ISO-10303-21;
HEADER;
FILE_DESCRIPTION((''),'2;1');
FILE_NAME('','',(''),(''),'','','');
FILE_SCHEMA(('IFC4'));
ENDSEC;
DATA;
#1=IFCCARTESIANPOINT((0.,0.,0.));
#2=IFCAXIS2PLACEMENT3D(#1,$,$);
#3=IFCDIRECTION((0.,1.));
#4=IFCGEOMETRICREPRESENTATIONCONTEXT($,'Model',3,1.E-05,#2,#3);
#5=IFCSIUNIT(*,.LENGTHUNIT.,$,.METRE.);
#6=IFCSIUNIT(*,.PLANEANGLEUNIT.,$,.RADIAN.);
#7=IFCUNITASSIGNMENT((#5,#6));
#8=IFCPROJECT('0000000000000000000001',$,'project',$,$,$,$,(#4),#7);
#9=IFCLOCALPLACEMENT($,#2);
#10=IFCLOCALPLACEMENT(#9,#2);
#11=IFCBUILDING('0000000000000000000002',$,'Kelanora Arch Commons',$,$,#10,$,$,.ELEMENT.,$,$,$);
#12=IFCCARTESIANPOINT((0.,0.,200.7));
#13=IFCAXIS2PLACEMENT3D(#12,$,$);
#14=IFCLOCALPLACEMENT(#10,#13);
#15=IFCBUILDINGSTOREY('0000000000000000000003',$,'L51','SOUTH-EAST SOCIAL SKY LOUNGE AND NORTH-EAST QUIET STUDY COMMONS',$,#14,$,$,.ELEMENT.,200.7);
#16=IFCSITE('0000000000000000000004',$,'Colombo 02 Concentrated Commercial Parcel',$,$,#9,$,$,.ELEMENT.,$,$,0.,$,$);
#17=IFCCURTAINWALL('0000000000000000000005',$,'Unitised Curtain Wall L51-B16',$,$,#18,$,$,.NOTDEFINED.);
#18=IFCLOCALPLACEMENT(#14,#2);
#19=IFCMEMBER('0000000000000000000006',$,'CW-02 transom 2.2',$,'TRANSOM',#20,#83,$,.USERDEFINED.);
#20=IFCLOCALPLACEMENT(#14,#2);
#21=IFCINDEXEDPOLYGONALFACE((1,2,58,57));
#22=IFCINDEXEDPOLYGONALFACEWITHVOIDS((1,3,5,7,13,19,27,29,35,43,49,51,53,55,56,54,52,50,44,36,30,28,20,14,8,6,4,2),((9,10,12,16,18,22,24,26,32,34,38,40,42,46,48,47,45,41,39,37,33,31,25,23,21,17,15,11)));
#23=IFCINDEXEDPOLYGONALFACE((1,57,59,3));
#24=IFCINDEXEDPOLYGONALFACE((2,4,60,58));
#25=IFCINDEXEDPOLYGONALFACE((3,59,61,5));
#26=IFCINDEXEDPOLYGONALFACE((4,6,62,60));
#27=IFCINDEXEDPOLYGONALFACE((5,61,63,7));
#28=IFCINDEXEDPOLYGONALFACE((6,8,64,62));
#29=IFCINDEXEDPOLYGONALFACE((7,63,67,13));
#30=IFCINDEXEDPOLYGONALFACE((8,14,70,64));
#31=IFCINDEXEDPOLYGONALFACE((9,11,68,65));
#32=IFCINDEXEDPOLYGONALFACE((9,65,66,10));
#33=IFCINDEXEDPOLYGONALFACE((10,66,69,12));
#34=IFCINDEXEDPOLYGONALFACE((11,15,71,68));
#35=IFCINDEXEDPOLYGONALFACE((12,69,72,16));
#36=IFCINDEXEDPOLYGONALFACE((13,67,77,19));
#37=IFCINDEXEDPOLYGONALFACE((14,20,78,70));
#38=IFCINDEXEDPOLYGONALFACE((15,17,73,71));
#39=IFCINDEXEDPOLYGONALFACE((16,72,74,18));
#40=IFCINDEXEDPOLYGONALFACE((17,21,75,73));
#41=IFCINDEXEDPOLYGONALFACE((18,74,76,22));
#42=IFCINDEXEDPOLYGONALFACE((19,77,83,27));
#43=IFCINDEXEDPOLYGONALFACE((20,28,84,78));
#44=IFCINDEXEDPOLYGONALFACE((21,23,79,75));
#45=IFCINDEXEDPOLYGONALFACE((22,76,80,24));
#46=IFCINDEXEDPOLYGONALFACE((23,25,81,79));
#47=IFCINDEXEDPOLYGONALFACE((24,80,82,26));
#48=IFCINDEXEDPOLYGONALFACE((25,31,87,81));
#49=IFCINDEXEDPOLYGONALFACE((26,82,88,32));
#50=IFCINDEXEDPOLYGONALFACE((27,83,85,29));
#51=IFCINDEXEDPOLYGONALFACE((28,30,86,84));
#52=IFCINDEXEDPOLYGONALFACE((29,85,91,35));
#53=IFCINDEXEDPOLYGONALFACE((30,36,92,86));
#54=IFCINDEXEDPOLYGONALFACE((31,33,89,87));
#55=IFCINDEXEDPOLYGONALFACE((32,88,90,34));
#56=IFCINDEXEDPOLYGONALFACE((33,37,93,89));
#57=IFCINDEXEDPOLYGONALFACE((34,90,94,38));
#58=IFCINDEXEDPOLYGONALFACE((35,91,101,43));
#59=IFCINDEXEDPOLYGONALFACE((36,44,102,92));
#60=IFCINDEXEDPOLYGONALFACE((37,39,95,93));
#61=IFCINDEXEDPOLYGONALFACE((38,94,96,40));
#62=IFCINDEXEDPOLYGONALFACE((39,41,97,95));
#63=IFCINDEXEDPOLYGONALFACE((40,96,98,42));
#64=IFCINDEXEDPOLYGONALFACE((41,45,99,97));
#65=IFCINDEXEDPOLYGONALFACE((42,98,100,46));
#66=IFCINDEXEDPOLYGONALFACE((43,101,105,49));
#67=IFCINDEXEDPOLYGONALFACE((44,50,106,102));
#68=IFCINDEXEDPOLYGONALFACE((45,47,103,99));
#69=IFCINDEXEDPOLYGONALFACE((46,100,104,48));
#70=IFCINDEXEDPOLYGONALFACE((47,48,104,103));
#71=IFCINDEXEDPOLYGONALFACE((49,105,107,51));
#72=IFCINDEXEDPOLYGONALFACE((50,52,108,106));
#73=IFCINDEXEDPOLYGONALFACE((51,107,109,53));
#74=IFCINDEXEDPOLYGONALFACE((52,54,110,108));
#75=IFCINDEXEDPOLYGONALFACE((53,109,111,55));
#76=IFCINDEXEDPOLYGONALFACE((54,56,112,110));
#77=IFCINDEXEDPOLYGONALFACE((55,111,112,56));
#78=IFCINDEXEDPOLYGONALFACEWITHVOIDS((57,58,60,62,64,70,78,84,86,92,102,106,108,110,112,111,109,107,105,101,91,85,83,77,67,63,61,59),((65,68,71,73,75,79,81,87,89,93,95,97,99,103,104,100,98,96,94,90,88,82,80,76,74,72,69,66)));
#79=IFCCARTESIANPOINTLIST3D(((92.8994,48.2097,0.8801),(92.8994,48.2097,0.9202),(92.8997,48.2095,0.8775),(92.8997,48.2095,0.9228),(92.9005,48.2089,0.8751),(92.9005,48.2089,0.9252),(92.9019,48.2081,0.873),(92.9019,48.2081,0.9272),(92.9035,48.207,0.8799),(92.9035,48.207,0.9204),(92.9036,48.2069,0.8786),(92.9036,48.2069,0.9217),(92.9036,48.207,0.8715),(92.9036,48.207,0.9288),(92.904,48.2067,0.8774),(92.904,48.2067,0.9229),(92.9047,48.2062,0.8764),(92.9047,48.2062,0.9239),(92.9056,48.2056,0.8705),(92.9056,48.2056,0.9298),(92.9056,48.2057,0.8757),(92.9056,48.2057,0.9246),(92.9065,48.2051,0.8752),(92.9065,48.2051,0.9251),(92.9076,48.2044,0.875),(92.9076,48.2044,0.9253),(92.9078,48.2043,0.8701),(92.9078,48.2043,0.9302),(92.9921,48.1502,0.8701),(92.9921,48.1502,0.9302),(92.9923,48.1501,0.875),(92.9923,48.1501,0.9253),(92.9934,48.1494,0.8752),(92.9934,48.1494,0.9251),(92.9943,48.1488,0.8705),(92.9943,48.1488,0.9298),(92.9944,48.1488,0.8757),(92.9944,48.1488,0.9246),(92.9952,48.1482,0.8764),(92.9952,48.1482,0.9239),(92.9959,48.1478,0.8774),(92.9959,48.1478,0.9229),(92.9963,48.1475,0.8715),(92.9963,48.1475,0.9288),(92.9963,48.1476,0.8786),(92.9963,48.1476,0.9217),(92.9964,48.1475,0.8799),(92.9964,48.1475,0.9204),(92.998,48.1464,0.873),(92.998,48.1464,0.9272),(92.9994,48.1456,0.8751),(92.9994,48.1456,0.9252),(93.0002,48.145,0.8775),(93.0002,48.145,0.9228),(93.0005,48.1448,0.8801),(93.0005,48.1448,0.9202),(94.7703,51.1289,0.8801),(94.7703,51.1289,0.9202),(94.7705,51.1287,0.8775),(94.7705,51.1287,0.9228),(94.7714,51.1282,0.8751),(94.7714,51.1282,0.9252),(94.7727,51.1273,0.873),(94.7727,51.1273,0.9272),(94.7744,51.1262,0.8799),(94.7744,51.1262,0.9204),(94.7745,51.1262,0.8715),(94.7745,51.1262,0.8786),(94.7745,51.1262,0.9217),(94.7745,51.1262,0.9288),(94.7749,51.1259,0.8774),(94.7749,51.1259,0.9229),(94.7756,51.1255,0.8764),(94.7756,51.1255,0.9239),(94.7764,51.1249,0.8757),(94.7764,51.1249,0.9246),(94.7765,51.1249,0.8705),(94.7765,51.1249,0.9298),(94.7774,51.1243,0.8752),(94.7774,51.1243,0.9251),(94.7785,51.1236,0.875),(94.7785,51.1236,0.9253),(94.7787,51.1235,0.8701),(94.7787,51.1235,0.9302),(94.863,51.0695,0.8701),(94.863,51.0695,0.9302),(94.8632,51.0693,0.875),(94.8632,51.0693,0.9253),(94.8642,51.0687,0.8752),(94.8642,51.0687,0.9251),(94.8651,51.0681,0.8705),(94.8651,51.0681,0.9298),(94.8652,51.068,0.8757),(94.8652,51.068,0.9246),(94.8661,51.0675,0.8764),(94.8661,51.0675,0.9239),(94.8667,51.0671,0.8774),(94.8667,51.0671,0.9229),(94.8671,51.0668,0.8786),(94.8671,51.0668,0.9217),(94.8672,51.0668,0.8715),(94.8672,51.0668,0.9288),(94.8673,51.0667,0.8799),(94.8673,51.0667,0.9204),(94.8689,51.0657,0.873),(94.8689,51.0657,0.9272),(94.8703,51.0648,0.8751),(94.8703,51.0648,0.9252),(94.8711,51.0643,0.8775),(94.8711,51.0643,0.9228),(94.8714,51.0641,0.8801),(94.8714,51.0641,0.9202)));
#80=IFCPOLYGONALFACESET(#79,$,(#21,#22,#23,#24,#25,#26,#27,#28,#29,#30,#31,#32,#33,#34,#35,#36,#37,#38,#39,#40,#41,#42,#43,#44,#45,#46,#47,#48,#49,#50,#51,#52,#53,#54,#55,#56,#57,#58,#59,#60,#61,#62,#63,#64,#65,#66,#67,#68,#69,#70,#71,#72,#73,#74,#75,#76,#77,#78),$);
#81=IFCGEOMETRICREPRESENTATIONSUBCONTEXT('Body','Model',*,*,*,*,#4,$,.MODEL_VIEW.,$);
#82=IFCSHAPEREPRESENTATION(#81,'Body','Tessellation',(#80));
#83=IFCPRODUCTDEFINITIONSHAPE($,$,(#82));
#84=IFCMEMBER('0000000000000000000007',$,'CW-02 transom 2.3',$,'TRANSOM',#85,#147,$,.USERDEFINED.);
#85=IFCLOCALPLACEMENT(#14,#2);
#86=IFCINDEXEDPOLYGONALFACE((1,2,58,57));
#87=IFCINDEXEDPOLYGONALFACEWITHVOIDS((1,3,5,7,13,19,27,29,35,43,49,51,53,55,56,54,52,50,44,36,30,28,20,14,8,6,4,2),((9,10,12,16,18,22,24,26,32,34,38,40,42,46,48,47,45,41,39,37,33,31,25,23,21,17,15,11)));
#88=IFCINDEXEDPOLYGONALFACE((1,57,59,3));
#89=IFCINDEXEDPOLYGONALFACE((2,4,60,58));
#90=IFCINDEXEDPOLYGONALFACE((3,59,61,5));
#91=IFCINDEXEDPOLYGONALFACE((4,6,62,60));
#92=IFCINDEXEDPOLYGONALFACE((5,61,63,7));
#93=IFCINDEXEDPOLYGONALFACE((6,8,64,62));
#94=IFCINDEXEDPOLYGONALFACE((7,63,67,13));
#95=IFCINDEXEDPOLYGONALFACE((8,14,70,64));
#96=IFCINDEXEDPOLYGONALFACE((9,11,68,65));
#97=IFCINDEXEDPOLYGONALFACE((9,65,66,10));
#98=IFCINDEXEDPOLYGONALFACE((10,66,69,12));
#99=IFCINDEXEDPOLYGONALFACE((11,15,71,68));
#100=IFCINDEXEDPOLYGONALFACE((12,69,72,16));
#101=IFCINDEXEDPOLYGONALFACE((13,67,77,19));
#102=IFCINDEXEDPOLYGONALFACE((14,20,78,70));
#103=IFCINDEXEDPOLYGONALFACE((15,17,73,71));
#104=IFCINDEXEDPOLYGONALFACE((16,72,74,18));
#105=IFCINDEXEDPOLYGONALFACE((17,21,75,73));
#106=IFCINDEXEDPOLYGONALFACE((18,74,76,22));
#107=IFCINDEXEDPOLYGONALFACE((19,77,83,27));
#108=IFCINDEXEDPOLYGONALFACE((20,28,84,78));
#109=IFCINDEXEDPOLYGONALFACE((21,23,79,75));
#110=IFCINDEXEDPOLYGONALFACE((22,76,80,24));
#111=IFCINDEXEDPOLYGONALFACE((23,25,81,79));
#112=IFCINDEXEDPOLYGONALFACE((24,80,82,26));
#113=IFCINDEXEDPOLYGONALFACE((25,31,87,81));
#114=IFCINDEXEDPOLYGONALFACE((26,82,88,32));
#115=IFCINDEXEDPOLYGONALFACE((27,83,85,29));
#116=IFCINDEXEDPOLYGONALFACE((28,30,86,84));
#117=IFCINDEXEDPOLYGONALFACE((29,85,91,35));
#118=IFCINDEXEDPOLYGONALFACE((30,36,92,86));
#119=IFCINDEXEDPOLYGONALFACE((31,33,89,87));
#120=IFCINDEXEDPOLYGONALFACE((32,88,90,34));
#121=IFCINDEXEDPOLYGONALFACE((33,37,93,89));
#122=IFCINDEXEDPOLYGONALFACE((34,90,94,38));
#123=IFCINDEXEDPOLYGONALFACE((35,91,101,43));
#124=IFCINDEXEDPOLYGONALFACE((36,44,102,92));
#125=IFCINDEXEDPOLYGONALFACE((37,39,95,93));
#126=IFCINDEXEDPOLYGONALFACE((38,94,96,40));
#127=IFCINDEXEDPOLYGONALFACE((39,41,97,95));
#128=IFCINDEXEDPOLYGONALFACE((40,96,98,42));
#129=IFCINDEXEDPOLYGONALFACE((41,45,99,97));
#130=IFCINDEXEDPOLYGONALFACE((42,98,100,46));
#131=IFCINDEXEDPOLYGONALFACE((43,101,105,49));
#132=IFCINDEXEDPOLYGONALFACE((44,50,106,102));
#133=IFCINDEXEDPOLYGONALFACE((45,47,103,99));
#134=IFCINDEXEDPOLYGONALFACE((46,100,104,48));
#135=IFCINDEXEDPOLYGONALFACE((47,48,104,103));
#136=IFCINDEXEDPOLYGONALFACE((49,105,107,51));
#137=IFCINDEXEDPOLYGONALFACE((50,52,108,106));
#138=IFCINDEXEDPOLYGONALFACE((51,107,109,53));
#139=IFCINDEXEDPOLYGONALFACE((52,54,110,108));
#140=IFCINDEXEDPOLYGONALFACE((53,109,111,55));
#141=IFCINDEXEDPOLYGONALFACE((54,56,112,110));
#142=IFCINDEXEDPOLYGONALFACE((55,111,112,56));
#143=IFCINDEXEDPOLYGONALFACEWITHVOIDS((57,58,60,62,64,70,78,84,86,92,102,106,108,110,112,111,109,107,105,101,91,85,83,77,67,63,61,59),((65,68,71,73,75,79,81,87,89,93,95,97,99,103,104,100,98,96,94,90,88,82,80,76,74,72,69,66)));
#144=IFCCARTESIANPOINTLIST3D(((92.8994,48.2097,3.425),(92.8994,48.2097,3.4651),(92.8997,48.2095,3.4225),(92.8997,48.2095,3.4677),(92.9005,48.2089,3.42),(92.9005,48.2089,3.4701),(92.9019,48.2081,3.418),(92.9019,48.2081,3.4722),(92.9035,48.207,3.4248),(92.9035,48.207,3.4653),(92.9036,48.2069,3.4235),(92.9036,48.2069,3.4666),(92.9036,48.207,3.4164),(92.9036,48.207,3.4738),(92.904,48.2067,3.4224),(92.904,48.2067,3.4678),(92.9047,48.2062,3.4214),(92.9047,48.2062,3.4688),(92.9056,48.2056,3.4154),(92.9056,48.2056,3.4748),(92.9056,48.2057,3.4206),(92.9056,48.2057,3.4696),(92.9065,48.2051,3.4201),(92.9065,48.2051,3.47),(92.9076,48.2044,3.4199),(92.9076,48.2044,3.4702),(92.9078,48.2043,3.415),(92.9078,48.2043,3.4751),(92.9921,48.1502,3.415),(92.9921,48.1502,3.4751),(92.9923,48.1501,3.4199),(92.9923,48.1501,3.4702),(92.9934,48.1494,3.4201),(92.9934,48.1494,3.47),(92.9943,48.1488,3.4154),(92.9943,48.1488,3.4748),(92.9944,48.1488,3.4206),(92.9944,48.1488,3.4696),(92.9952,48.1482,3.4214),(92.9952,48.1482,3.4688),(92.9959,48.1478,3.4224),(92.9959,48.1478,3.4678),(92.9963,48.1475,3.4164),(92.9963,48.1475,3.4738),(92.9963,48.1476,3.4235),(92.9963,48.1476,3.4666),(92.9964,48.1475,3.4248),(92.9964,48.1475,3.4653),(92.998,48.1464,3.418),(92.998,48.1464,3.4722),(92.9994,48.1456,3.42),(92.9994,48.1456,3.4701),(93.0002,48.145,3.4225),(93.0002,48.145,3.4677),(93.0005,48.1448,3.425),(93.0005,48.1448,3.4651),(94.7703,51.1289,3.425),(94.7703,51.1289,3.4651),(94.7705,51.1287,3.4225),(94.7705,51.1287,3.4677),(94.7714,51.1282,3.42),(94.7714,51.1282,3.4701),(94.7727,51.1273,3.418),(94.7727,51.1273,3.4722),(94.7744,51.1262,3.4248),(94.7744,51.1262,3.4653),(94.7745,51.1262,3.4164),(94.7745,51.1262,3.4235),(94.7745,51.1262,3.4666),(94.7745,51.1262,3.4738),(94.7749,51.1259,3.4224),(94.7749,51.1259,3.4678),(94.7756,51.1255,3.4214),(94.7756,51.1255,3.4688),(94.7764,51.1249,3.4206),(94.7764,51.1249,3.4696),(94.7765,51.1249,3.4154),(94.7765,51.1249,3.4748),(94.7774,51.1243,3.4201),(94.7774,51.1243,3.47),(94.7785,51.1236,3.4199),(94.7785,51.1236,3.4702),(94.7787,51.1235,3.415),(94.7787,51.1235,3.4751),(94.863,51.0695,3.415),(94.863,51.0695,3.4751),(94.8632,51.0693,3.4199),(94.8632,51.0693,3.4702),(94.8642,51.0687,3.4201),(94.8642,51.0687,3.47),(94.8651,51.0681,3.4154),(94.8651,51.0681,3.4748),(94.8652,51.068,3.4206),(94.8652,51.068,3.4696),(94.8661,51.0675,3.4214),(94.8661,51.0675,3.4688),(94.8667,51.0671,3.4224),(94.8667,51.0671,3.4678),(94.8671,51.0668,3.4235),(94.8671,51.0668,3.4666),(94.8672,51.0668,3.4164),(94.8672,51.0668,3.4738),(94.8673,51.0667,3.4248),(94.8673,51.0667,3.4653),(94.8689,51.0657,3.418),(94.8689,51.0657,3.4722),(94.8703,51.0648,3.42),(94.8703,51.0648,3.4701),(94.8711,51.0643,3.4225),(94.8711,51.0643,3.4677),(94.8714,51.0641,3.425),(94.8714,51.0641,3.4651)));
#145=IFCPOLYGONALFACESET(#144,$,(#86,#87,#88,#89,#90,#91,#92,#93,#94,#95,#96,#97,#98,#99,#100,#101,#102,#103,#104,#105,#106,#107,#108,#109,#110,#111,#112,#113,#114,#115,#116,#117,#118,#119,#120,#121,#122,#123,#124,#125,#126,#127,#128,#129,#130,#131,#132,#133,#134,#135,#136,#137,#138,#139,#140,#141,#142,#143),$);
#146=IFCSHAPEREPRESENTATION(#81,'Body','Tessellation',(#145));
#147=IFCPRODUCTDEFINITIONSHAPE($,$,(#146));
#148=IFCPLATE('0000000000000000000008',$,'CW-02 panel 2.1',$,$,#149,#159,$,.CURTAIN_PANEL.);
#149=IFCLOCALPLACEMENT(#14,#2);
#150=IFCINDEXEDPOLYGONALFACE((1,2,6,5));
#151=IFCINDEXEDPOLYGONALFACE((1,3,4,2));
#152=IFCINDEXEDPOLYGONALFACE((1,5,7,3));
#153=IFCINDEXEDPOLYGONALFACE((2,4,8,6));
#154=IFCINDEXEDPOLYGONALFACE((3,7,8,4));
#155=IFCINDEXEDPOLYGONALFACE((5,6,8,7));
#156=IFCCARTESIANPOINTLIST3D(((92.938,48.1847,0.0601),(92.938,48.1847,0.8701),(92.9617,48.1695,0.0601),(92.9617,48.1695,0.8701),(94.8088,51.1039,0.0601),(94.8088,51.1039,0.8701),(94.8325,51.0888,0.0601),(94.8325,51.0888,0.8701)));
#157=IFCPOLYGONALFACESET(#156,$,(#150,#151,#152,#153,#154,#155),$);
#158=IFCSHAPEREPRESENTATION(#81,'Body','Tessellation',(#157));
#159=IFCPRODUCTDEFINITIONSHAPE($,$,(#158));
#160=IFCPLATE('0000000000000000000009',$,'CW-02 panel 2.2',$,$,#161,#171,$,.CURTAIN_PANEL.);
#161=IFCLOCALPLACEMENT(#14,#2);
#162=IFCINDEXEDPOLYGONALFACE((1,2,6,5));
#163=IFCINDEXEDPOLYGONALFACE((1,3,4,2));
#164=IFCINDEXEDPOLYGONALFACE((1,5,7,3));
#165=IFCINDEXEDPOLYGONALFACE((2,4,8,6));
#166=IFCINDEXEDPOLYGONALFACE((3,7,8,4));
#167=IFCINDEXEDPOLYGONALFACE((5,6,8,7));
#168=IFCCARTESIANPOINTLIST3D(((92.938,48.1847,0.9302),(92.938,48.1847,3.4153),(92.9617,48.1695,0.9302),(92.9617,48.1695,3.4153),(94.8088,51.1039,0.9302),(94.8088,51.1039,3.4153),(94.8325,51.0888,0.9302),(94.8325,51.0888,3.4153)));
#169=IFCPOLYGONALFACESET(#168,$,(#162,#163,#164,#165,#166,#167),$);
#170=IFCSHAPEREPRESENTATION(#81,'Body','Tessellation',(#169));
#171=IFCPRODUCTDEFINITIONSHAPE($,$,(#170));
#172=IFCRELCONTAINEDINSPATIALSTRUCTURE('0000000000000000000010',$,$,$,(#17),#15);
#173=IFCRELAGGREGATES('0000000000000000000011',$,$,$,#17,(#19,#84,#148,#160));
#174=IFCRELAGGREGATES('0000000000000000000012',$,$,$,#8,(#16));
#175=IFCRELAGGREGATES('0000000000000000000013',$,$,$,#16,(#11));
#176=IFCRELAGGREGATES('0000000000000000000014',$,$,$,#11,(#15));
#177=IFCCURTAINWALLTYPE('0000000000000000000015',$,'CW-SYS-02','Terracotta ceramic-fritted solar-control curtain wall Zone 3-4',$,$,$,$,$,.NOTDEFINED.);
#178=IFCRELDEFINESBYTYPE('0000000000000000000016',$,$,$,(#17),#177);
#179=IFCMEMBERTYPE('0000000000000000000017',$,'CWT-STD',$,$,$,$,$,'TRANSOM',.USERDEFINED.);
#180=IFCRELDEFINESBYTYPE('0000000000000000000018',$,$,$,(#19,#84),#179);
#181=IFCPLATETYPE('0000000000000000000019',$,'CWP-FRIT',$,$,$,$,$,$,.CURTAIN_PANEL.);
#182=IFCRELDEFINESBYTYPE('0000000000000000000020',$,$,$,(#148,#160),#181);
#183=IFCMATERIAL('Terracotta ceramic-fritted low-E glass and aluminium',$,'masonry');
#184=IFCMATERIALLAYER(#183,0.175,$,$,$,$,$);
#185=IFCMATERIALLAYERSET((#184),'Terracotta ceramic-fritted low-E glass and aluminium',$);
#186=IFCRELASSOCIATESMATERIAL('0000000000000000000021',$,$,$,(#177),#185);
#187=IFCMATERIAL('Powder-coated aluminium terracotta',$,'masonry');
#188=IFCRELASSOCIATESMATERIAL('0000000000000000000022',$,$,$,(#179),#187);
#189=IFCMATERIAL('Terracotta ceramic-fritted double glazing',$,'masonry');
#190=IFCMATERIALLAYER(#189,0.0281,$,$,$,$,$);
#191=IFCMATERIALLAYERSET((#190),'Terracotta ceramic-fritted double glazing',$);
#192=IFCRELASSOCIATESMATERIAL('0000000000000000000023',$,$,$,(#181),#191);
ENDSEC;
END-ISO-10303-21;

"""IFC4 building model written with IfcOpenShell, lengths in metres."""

from ifc_helpers import new_model, si_unit, direction, frame, origin, origin_2d, place, context, subcontext, project, spatial, rectangle, hollow_rectangle, extrude, source, transform, mapped, material, layer, layer_set, material_profile, profile_set, type_object, element, aggregate, save


model = new_model("IFC4")

# Units and contexts
model_context = context("Model", 3, precision=1e-05, world=origin(), true_north=direction((0.0, 1.0)))
body_context = subcontext(model_context, "Body", "Model", "MODEL_VIEW")
ifc_project = project(units=[si_unit("LENGTHUNIT", "METRE"), si_unit("PLANEANGLEUNIT", "RADIAN")], contexts=[model_context])

# Site, building, storey
site_placement = place(None, origin())
site = spatial("IfcSite", under=ifc_project, at=site_placement, Name="Colombo 02 Concentrated Commercial Parcel", CompositionType="ELEMENT", RefElevation=0.0)
building_placement = place(site_placement, origin())
building = spatial("IfcBuilding", under=site, at=building_placement, Name="Kelanora Arch Commons", CompositionType="ELEMENT")
storey_placement = place(building_placement, frame((0.0, 0.0, 200.7)))
storey = spatial("IfcBuildingStorey", under=building, at=storey_placement, Name="L51", Description="SOUTH-EAST SOCIAL SKY LOUNGE AND NORTH-EAST QUIET STUDY COMMONS", CompositionType="ELEMENT", Elevation=200.7)

# Curtain wall, members, plates
ifc_material_1 = material(Name="Terracotta ceramic-fritted low-E glass and aluminium", Category="masonry")
ifc_layer_1 = layer(ifc_material_1, 0.175)
ifc_layer_set_1 = layer_set([ifc_layer_1], Name="Terracotta ceramic-fritted low-E glass and aluminium")
curtain_wall_type = type_object("IfcCurtainWallType", Name="CW-SYS-02", Description="Terracotta ceramic-fritted solar-control curtain wall Zone 3-4", PredefinedType="NOTDEFINED", material=ifc_layer_set_1)
curtain_wall_placement = place(storey_placement, origin())
curtain_wall = element("IfcCurtainWall", 1, at=curtain_wall_placement, inside=storey, type_object=curtain_wall_type, Name="Unitised Curtain Wall L51-B16", PredefinedType="NOTDEFINED")
ifc_material_2 = material(Name="Powder-coated aluminium terracotta", Category="masonry")
ifc_material_profile_1 = material_profile(ifc_material_2, hollow_rectangle(XDim=0.1201, YDim=0.0601, WallThickness=0.0049, InnerFilletRadius=0.0049, OuterFilletRadius=0.01, at=origin_2d()), Name="CWT120x60")
ifc_profile_set_1 = profile_set([ifc_material_profile_1], Name="Powder-coated aluminium terracotta")
member_type_1 = type_object("IfcMemberType", Name="CWT-STD", ElementType="TRANSOM", PredefinedType="USERDEFINED", material=ifc_profile_set_1)
member_1_placement = place(storey_placement, frame((92.95, 48.1772, 0.9001), z_axis=(0.539579, 0.841935, 0.0), x_axis=(-0.841935, 0.539579, 0.0)))
member_1 = element("IfcMember", 2, at=member_1_placement, type_object=member_type_1, Name="CW-02 transom 2.2", ObjectType="TRANSOM", PredefinedType="USERDEFINED", context=body_context, shape_type="SweptSolid", body=[
    extrude(hollow_rectangle(XDim=0.1201, YDim=0.0601, WallThickness=0.0049, InnerFilletRadius=0.0049, OuterFilletRadius=0.01, at=origin_2d()), origin(), (0.0, 0.0, 1.0), 3.4673),
])
member_2_placement = place(storey_placement, frame((92.95, 48.1772, 3.4451), z_axis=(0.539579, 0.841935, 0.0), x_axis=(-0.841935, 0.539579, 0.0)))
member_2 = element("IfcMember", 3, at=member_2_placement, type_object=member_type_1, Name="CW-02 transom 2.3", ObjectType="TRANSOM", PredefinedType="USERDEFINED", context=body_context, shape_type="SweptSolid", body=[
    extrude(hollow_rectangle(XDim=0.1201, YDim=0.0601, WallThickness=0.0049, InnerFilletRadius=0.0049, OuterFilletRadius=0.01, at=origin_2d()), origin(), (0.0, 0.0, 1.0), 3.4673),
])
ifc_material_3 = material(Name="Terracotta ceramic-fritted double glazing", Category="masonry")
ifc_layer_2 = layer(ifc_material_3, 0.0281)
ifc_layer_set_2 = layer_set([ifc_layer_2], Name="Terracotta ceramic-fritted double glazing")
plate_type = type_object("IfcPlateType", Name="CWP-FRIT", PredefinedType="CURTAIN_PANEL", material=ifc_layer_set_2)
shared_shape_1 = source(origin(), body_context, "Body", "SweptSolid", [
    extrude(rectangle(XDim=3.4673, YDim=0.0281, at=origin_2d()), origin(), (0.0, 0.0, 1.0), 0.8101),
])
plate_1_placement = place(storey_placement, frame((93.8853, 49.6367, 0.0601), z_axis=(0.0, 0.0, 1.0), x_axis=(0.539559, 0.841948, 0.0)))
plate_1 = element("IfcPlate", 4, at=plate_1_placement, type_object=plate_type, Name="CW-02 panel 2.1", PredefinedType="CURTAIN_PANEL", context=body_context, shape_type="MappedRepresentation", body=[
    mapped(shared_shape_1, transform((0.0, 0.0, 0.0), scale=1.0)),
])
shared_shape_2 = source(origin(), body_context, "Body", "SweptSolid", [
    extrude(rectangle(XDim=3.4673, YDim=0.0281, at=origin_2d()), origin(), (0.0, 0.0, 1.0), 2.4851),
])
plate_2_placement = place(storey_placement, frame((93.8853, 49.6367, 0.9302), z_axis=(0.0, 0.0, 1.0), x_axis=(0.539559, 0.841948, 0.0)))
plate_2 = element("IfcPlate", 5, at=plate_2_placement, type_object=plate_type, Name="CW-02 panel 2.2", PredefinedType="CURTAIN_PANEL", context=body_context, shape_type="MappedRepresentation", body=[
    mapped(shared_shape_2, transform((0.0, 0.0, 0.0), scale=1.0)),
])
aggregate(curtain_wall, [member_1, member_2, plate_1, plate_2])

save(model, "model.ifc")
